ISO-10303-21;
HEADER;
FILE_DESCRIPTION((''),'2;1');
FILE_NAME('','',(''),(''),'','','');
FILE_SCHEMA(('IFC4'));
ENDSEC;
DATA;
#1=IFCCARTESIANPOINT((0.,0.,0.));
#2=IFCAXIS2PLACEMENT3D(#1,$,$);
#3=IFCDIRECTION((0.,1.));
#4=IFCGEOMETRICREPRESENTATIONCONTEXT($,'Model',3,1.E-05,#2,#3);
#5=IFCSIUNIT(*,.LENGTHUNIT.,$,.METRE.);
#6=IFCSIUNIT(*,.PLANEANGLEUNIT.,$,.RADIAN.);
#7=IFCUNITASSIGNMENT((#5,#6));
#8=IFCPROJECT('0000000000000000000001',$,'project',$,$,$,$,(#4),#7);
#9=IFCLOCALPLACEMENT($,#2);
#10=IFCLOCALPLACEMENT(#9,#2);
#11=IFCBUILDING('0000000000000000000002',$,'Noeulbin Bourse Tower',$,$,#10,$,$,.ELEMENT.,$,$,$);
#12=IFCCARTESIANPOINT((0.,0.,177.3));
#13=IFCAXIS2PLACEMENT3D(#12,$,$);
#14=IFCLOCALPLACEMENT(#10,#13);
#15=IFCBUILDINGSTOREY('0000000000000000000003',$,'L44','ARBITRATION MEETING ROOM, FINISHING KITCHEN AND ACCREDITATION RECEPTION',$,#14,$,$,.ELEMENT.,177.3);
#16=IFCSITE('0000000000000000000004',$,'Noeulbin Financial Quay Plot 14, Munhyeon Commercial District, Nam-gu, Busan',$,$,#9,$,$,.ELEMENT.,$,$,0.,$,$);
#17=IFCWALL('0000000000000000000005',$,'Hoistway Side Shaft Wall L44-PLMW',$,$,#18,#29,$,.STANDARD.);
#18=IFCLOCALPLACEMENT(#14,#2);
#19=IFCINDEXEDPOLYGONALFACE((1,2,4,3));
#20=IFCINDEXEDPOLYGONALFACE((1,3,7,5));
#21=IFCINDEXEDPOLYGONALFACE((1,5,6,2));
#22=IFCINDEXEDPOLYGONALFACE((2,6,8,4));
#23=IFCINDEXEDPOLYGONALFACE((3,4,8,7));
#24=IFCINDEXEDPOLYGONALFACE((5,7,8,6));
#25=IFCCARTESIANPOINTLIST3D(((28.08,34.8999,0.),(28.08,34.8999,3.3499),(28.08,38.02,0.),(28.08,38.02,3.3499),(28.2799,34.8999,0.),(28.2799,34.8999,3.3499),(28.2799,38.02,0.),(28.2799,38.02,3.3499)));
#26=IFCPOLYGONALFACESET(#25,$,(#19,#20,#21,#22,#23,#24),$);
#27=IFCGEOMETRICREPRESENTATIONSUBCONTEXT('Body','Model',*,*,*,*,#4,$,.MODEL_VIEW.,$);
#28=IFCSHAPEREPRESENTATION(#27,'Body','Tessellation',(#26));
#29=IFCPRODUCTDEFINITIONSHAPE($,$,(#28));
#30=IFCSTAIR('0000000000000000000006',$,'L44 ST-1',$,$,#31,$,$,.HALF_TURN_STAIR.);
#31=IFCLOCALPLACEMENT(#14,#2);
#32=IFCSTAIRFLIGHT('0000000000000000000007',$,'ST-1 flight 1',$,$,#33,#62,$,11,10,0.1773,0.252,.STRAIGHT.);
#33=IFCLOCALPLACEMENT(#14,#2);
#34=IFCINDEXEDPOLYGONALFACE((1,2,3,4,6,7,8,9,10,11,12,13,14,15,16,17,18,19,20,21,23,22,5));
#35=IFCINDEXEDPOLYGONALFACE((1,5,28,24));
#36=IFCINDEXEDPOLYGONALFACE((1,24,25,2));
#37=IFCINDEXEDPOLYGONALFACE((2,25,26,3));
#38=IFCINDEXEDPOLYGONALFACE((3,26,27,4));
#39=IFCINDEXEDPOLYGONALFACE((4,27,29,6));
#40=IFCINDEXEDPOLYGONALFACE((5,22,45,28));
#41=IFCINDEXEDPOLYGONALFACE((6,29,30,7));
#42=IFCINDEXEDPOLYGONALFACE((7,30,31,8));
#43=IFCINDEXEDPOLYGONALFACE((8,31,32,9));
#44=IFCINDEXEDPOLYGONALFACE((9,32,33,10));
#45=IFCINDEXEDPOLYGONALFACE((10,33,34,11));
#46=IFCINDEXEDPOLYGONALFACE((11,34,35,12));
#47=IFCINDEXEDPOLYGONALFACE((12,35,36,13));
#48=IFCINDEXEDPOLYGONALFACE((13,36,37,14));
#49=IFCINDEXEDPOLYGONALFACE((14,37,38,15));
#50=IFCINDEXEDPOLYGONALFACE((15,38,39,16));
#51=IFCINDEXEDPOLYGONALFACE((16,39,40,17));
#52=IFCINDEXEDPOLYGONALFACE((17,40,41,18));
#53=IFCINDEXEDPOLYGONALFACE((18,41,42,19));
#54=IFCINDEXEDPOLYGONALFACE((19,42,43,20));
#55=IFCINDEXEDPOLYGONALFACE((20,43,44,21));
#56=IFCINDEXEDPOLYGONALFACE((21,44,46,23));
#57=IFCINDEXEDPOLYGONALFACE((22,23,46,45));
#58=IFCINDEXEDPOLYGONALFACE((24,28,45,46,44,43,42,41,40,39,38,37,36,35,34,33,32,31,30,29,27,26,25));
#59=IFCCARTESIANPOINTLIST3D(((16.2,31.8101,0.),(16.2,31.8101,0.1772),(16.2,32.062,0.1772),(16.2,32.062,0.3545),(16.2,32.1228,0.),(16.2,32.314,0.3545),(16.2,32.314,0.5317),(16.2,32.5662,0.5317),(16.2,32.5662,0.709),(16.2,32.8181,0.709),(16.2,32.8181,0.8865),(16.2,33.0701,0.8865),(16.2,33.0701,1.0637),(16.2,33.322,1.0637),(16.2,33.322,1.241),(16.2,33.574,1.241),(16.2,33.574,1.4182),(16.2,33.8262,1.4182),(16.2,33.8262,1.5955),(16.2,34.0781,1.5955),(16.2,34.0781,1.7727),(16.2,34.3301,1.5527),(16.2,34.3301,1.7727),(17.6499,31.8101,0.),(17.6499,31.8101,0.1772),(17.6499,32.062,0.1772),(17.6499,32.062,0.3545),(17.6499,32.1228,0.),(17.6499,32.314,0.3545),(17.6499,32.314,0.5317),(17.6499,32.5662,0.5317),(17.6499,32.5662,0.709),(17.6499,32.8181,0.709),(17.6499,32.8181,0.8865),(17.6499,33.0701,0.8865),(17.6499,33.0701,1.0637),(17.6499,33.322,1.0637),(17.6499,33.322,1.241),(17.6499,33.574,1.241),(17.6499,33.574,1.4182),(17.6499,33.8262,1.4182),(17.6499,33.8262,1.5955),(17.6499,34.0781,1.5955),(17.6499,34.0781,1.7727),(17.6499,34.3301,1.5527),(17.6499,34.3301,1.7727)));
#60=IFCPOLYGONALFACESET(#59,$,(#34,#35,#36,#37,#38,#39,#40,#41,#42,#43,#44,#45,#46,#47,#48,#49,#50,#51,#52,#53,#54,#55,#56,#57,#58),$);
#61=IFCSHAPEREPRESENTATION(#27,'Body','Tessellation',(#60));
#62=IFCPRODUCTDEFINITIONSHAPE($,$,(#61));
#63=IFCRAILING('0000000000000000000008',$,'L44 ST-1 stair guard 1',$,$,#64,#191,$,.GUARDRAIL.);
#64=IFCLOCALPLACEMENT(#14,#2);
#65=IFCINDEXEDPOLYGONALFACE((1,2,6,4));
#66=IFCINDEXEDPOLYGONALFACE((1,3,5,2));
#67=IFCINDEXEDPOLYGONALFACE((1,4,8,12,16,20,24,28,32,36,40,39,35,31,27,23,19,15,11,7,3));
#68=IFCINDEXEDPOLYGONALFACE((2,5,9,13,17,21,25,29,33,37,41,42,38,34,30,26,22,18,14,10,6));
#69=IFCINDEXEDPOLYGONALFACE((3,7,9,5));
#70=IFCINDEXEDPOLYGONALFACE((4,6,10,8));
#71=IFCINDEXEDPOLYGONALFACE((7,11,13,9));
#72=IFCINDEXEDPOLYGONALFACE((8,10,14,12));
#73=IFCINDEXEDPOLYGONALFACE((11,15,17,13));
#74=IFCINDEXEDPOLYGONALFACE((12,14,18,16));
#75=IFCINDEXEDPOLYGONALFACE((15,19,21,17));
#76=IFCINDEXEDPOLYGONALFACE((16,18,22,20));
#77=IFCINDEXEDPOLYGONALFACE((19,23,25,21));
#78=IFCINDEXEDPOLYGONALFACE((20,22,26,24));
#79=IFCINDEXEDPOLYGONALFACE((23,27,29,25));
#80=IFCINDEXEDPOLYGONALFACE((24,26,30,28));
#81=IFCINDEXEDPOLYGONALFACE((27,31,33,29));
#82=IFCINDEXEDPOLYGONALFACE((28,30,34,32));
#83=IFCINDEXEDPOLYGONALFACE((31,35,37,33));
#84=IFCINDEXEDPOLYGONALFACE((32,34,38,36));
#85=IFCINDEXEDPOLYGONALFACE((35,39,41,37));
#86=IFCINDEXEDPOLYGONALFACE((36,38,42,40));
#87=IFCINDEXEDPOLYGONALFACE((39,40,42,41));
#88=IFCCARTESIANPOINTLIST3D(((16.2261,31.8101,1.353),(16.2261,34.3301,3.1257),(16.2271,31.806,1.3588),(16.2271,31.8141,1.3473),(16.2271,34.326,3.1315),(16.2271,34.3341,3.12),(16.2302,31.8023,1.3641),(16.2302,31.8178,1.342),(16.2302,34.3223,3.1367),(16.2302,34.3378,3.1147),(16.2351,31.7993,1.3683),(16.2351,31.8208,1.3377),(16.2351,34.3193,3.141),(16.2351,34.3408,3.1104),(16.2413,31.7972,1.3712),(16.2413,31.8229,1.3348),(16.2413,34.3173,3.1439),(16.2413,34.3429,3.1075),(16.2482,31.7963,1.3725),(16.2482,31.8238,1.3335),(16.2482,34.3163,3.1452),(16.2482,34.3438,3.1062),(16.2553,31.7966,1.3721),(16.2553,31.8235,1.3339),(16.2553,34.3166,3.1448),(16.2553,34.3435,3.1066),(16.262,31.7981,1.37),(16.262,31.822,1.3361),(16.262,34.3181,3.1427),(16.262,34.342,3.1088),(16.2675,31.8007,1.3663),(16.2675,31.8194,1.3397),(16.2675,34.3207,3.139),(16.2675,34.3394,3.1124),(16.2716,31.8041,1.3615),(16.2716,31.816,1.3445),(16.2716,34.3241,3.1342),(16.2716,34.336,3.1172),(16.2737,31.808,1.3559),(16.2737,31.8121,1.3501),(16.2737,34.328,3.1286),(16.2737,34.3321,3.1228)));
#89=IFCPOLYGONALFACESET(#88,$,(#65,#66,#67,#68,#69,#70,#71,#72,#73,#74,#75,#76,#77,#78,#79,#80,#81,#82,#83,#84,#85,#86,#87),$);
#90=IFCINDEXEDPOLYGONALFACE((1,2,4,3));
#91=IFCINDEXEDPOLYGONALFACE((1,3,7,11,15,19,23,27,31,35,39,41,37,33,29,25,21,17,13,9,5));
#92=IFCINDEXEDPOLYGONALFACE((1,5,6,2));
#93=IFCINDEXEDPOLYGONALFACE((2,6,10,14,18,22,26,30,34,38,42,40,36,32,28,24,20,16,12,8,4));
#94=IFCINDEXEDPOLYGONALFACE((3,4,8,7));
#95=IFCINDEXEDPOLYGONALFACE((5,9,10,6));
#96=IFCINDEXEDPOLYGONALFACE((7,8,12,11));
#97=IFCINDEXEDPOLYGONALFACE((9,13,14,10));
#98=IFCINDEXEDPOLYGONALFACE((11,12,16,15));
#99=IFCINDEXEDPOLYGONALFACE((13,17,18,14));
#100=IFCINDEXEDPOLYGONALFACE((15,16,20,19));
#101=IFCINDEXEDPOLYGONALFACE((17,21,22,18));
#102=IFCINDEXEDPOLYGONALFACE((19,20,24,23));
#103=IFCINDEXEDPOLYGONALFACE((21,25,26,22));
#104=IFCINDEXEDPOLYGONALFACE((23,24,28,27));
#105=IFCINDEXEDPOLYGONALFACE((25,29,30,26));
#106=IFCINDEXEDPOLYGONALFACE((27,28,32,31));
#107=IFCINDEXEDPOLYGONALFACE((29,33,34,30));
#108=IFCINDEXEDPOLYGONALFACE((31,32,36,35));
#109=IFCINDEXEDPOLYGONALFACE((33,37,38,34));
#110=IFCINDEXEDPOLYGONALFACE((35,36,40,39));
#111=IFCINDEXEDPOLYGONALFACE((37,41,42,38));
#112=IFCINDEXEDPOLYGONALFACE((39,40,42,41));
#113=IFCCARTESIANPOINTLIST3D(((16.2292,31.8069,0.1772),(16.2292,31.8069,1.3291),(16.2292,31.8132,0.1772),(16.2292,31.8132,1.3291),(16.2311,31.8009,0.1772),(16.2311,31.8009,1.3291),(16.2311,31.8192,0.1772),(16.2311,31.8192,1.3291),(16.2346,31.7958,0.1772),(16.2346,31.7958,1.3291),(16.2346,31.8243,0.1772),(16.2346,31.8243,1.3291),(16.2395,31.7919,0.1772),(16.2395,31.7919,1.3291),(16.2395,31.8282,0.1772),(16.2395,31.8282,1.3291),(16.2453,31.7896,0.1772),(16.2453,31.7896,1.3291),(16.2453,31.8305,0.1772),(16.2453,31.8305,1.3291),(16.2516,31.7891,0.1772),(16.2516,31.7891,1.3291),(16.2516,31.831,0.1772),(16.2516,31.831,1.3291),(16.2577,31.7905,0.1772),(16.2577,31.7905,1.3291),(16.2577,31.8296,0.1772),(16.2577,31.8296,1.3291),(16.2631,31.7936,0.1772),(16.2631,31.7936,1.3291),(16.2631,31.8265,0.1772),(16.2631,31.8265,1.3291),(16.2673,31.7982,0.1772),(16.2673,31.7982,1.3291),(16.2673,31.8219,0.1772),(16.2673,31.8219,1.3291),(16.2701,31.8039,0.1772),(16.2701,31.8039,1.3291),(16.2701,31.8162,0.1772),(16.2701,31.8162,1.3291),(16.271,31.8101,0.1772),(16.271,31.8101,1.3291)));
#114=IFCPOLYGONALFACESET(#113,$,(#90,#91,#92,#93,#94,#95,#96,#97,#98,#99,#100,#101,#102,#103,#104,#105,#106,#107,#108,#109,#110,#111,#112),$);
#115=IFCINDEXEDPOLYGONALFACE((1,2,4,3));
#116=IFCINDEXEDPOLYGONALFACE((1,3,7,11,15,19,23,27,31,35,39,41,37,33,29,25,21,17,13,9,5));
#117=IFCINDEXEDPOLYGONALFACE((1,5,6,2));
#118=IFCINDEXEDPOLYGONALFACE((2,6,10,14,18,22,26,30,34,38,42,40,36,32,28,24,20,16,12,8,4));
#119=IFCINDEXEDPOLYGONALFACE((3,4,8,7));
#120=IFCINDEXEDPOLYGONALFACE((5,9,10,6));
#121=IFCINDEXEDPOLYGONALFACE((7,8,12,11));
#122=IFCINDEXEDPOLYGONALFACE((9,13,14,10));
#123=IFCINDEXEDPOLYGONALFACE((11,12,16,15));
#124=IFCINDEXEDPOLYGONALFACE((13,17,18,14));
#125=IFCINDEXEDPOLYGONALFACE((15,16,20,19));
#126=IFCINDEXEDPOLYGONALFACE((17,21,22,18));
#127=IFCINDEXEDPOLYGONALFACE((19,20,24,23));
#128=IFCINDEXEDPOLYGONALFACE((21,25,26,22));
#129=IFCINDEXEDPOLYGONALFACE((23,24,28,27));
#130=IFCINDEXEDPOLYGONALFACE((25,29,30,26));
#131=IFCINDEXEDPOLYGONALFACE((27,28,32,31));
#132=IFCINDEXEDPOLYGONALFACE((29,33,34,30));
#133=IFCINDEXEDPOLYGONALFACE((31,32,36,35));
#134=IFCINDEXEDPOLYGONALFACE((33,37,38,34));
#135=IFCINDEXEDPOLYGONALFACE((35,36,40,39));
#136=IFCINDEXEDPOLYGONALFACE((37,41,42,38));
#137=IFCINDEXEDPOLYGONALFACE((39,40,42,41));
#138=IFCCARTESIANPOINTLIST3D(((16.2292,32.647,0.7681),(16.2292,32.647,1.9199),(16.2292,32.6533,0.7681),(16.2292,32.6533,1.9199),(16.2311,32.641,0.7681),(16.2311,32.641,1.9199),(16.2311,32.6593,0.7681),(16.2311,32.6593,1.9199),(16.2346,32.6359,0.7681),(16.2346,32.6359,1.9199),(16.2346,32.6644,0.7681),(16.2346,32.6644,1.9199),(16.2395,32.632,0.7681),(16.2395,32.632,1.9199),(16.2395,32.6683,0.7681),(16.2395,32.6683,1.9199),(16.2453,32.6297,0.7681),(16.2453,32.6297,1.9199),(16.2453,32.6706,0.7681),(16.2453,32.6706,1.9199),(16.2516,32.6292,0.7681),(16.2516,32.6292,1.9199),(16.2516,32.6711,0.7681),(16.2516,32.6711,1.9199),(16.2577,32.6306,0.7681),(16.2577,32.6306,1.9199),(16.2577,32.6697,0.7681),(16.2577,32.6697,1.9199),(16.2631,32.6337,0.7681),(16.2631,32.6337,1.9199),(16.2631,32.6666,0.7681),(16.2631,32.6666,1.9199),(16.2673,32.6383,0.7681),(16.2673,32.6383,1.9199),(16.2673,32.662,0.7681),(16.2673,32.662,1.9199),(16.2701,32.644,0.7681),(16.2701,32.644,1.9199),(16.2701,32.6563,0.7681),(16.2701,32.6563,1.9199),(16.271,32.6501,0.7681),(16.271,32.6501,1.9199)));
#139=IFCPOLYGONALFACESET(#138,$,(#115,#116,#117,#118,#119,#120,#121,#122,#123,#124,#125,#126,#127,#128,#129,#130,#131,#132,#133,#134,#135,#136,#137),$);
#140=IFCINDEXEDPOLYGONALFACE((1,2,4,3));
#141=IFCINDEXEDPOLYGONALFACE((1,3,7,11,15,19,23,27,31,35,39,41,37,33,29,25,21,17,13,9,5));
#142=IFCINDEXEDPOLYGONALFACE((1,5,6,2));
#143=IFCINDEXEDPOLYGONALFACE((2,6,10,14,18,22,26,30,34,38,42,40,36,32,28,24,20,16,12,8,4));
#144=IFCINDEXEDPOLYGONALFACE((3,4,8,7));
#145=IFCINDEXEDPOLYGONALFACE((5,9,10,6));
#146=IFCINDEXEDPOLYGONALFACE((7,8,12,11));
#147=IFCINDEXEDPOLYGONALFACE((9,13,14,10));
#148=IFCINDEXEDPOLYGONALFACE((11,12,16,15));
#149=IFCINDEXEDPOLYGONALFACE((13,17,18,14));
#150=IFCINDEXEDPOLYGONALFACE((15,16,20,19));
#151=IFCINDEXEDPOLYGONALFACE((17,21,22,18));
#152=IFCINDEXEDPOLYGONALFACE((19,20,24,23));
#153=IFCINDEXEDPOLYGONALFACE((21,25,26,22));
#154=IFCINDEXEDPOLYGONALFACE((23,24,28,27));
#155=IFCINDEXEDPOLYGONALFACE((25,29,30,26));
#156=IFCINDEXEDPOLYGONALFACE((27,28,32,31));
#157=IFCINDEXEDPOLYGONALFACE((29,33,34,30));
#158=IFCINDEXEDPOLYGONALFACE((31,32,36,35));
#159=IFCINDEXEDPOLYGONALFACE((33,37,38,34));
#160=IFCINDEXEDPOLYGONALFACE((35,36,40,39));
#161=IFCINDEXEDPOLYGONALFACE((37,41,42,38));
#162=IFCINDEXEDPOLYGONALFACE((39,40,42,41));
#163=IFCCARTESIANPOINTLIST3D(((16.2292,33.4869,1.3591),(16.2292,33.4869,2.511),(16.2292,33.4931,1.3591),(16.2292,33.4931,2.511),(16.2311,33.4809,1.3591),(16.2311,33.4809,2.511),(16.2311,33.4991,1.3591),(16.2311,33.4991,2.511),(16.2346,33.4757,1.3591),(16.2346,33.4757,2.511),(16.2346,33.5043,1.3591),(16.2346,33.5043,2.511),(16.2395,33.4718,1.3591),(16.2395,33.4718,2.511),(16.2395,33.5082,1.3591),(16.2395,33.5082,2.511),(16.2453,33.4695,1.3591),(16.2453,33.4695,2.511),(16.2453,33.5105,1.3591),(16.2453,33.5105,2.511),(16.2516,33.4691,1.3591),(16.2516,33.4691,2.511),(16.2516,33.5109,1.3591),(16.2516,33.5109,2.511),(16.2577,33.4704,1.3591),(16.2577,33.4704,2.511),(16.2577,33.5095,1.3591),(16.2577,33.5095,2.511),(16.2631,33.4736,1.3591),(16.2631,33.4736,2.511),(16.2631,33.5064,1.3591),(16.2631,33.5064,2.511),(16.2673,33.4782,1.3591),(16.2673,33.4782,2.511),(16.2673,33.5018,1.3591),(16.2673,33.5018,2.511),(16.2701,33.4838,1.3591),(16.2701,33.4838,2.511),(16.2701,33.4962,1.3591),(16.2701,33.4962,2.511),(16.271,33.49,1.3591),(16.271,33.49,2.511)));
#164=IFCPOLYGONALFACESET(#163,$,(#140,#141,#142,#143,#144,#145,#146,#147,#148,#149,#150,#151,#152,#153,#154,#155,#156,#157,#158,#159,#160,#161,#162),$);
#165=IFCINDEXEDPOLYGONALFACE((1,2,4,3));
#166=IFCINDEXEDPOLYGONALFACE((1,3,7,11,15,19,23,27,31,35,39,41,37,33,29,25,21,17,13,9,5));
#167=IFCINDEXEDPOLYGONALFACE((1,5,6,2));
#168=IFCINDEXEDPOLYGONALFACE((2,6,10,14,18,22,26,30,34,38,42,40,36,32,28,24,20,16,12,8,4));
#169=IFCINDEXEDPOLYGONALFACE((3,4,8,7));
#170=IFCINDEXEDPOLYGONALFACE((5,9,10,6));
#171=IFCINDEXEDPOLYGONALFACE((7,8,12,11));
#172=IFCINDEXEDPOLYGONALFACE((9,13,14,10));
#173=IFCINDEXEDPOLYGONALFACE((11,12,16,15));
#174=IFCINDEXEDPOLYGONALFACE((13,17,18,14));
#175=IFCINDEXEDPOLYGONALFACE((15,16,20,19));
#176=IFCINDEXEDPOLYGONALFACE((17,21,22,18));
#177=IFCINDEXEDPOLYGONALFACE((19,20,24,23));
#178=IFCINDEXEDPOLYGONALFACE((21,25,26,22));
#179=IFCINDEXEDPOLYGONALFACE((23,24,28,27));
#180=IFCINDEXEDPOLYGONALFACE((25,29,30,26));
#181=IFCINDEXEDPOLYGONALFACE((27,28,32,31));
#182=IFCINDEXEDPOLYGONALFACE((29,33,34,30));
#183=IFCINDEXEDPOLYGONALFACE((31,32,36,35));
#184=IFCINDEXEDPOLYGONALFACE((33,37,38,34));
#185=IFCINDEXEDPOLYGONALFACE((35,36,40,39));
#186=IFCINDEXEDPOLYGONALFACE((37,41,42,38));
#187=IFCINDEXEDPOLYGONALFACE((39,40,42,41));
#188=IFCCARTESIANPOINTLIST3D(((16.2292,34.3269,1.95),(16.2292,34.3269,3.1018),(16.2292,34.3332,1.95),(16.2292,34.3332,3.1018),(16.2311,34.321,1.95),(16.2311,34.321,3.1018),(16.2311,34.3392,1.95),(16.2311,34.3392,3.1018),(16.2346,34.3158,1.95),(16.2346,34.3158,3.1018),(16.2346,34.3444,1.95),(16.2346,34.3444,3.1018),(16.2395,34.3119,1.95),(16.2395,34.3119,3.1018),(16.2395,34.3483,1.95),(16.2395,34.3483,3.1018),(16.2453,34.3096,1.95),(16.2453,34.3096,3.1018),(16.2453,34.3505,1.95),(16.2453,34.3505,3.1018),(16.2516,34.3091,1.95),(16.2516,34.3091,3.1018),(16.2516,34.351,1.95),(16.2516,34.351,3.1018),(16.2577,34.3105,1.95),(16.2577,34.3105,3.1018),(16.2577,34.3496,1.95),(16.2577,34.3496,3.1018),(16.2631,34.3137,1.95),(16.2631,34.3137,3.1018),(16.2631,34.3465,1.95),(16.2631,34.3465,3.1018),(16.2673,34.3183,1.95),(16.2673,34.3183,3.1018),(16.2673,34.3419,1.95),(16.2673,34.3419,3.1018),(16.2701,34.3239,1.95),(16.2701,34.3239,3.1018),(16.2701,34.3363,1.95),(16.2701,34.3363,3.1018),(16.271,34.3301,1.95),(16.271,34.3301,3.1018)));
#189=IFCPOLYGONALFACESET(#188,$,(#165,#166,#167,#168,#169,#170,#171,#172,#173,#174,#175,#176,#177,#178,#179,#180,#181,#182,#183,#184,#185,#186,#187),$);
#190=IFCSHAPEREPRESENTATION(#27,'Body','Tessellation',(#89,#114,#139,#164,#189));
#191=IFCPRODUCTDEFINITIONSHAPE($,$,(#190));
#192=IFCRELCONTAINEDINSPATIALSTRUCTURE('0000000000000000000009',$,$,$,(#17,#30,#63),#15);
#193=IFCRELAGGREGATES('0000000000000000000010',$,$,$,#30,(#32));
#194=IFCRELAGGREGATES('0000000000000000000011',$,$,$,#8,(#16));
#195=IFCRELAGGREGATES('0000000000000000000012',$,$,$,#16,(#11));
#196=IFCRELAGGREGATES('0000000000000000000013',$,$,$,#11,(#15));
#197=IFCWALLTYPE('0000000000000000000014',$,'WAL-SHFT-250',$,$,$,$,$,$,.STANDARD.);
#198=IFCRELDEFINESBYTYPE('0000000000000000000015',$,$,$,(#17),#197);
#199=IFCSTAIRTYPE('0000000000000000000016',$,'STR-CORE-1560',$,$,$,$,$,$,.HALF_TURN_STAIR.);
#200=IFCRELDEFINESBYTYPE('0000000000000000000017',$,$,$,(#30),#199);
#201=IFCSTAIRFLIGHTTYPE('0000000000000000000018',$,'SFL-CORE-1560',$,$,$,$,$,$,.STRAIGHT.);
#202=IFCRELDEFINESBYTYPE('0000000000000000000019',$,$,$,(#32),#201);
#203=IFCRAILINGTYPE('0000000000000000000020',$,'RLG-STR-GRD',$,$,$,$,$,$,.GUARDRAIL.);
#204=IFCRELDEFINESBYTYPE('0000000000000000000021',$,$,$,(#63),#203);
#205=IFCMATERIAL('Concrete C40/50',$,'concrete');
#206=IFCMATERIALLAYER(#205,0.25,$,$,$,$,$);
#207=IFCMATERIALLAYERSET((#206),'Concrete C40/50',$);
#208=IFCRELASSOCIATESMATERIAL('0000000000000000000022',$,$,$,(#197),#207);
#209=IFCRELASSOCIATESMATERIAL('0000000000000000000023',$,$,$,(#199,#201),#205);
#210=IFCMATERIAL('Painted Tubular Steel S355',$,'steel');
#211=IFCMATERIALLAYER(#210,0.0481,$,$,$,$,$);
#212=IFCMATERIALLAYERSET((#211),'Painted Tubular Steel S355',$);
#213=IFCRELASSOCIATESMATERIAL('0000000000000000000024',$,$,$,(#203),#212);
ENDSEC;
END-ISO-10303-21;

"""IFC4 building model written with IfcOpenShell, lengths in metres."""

from ifc_helpers import new_model, si_unit, direction, frame, frame_2d, origin, origin_2d, place, context, subcontext, project, spatial, polyline, rectangle, circle, outline, extrude, material, layer, layer_set, type_object, element, aggregate, save


model = new_model("IFC4")

# Units and contexts
model_context = context("Model", 3, precision=1e-05, world=origin(), true_north=direction((0.0, 1.0)))
body_context = subcontext(model_context, "Body", "Model", "MODEL_VIEW")
ifc_project = project(units=[si_unit("LENGTHUNIT", "METRE"), si_unit("PLANEANGLEUNIT", "RADIAN")], contexts=[model_context])

# Site, building, storey
site_placement = place(None, origin())
site = spatial("IfcSite", under=ifc_project, at=site_placement, Name="Noeulbin Financial Quay Plot 14, Munhyeon Commercial District, Nam-gu, Busan", CompositionType="ELEMENT", RefElevation=0.0)
building_placement = place(site_placement, origin())
building = spatial("IfcBuilding", under=site, at=building_placement, Name="Noeulbin Bourse Tower", CompositionType="ELEMENT")
storey_placement = place(building_placement, frame((0.0, 0.0, 177.3)))
storey = spatial("IfcBuildingStorey", under=building, at=storey_placement, Name="L44", Description="ARBITRATION MEETING ROOM, FINISHING KITCHEN AND ACCREDITATION RECEPTION", CompositionType="ELEMENT", Elevation=177.3)

# Shared definitions
ifc_material_1 = material(Name="Concrete C40/50", Category="concrete")

# Shared definitions
ifc_layer_1 = layer(ifc_material_1, 0.25)
ifc_layer_set_1 = layer_set([ifc_layer_1], Name="Concrete C40/50")
wall_type_1 = type_object("IfcWallType", Name="WAL-SHFT-250", PredefinedType="STANDARD", material=ifc_layer_set_1)

# Wall
wall_1_placement = place(storey_placement, frame((28.1799, 34.8999, 0.0), z_axis=(0.0, 0.0, 1.0), x_axis=(0.0, 1.0, 0.0)))
element("IfcWall", 1, at=wall_1_placement, inside=storey, type_object=wall_type_1, Name="Hoistway Side Shaft Wall L44-PLMW", PredefinedType="STANDARD", context=body_context, shape_type="SweptSolid", body=[
    extrude(rectangle(XDim=3.1201, YDim=0.2, at=frame_2d((1.5601, 0.0))), origin(), (0.0, 0.0, 1.0), 3.3499),
])

# Stair, stair flight
stair_type = type_object("IfcStairType", Name="STR-CORE-1560", PredefinedType="HALF_TURN_STAIR", material=ifc_material_1)
stair_placement = place(storey_placement, origin())
stair = element("IfcStair", 2, at=stair_placement, inside=storey, type_object=stair_type, Name="L44 ST-1", PredefinedType="HALF_TURN_STAIR")
stair_flight_type = type_object("IfcStairFlightType", Name="SFL-CORE-1560", PredefinedType="STRAIGHT", material=ifc_material_1)
stair_flight_placement = place(storey_placement, frame((16.925, 31.8101, 0.0), z_axis=(0.0, 0.0, 1.0), x_axis=(0.0, 1.0, 0.0)))
stair_flight = element("IfcStairFlight", 3, at=stair_flight_placement, type_object=stair_flight_type, Name="ST-1 flight 1", NumberOfRisers=11, NumberOfTreads=10, PredefinedType="STRAIGHT", RiserHeight=0.1773, TreadLength=0.252, context=body_context, shape_type="SweptSolid", body=[
    extrude(outline(polyline([(0.0, 0.0), (0.0, 0.1772), (0.252, 0.1772), (0.252, 0.3545), (0.5039, 0.3545), (0.5039, 0.5317), (0.7561, 0.5317), (0.7561, 0.709), (1.0081, 0.709), (1.0081, 0.8865), (1.26, 0.8865), (1.26, 1.0637), (1.512, 1.0637), (1.512, 1.241), (1.7639, 1.241), (1.7639, 1.4182), (2.0161, 1.4182), (2.0161, 1.5955), (2.2681, 1.5955), (2.2681, 1.7727), (2.52, 1.7727), (2.52, 1.95), (2.52, 1.5527), (0.3127, 0.0), (0.0, 0.0)])), frame((0.0, 0.7251, 0.0), z_axis=(0.0, -1.0, 0.0), x_axis=(1.0, 0.0, 0.0)), (0.0, 0.0, 1.0), 1.45),
])
aggregate(stair, [stair_flight])

# Railing
ifc_material_2 = material(Name="Painted Tubular Steel S355", Category="steel")
ifc_layer_2 = layer(ifc_material_2, 0.0481)
ifc_layer_set_2 = layer_set([ifc_layer_2], Name="Painted Tubular Steel S355")
railing_type_1 = type_object("IfcRailingType", Name="RLG-STR-GRD", PredefinedType="GUARDRAIL", material=ifc_layer_set_2)
railing_1_placement = place(storey_placement, frame((16.25, 31.8101, 0.1772)))
element("IfcRailing", 4, at=railing_1_placement, inside=storey, type_object=railing_type_1, Name="L44 ST-1 stair guard 1", PredefinedType="GUARDRAIL", context=body_context, shape_type="SweptSolid", body=[
    extrude(circle(Radius=0.0239, at=origin_2d()), frame((0.0, 0.0, 1.1758), z_axis=(0.0, 0.817904, 0.575354), x_axis=(-1.0, 0.0, 0.0)), (0.0, 0.0, 1.0), 3.0811),
    extrude(circle(Radius=0.021, at=origin_2d()), origin(), (0.0, 0.0, 1.0), 1.1519),
    extrude(circle(Radius=0.021, at=origin_2d()), frame((0.0, 0.8401, 0.5908)), (0.0, 0.0, 1.0), 1.1519),
    extrude(circle(Radius=0.021, at=origin_2d()), frame((0.0, 1.6799, 1.1819)), (0.0, 0.0, 1.0), 1.1519),
    extrude(circle(Radius=0.021, at=origin_2d()), frame((0.0, 2.52, 1.7727)), (0.0, 0.0, 1.0), 1.1519),
])

save(model, "model.ifc")
